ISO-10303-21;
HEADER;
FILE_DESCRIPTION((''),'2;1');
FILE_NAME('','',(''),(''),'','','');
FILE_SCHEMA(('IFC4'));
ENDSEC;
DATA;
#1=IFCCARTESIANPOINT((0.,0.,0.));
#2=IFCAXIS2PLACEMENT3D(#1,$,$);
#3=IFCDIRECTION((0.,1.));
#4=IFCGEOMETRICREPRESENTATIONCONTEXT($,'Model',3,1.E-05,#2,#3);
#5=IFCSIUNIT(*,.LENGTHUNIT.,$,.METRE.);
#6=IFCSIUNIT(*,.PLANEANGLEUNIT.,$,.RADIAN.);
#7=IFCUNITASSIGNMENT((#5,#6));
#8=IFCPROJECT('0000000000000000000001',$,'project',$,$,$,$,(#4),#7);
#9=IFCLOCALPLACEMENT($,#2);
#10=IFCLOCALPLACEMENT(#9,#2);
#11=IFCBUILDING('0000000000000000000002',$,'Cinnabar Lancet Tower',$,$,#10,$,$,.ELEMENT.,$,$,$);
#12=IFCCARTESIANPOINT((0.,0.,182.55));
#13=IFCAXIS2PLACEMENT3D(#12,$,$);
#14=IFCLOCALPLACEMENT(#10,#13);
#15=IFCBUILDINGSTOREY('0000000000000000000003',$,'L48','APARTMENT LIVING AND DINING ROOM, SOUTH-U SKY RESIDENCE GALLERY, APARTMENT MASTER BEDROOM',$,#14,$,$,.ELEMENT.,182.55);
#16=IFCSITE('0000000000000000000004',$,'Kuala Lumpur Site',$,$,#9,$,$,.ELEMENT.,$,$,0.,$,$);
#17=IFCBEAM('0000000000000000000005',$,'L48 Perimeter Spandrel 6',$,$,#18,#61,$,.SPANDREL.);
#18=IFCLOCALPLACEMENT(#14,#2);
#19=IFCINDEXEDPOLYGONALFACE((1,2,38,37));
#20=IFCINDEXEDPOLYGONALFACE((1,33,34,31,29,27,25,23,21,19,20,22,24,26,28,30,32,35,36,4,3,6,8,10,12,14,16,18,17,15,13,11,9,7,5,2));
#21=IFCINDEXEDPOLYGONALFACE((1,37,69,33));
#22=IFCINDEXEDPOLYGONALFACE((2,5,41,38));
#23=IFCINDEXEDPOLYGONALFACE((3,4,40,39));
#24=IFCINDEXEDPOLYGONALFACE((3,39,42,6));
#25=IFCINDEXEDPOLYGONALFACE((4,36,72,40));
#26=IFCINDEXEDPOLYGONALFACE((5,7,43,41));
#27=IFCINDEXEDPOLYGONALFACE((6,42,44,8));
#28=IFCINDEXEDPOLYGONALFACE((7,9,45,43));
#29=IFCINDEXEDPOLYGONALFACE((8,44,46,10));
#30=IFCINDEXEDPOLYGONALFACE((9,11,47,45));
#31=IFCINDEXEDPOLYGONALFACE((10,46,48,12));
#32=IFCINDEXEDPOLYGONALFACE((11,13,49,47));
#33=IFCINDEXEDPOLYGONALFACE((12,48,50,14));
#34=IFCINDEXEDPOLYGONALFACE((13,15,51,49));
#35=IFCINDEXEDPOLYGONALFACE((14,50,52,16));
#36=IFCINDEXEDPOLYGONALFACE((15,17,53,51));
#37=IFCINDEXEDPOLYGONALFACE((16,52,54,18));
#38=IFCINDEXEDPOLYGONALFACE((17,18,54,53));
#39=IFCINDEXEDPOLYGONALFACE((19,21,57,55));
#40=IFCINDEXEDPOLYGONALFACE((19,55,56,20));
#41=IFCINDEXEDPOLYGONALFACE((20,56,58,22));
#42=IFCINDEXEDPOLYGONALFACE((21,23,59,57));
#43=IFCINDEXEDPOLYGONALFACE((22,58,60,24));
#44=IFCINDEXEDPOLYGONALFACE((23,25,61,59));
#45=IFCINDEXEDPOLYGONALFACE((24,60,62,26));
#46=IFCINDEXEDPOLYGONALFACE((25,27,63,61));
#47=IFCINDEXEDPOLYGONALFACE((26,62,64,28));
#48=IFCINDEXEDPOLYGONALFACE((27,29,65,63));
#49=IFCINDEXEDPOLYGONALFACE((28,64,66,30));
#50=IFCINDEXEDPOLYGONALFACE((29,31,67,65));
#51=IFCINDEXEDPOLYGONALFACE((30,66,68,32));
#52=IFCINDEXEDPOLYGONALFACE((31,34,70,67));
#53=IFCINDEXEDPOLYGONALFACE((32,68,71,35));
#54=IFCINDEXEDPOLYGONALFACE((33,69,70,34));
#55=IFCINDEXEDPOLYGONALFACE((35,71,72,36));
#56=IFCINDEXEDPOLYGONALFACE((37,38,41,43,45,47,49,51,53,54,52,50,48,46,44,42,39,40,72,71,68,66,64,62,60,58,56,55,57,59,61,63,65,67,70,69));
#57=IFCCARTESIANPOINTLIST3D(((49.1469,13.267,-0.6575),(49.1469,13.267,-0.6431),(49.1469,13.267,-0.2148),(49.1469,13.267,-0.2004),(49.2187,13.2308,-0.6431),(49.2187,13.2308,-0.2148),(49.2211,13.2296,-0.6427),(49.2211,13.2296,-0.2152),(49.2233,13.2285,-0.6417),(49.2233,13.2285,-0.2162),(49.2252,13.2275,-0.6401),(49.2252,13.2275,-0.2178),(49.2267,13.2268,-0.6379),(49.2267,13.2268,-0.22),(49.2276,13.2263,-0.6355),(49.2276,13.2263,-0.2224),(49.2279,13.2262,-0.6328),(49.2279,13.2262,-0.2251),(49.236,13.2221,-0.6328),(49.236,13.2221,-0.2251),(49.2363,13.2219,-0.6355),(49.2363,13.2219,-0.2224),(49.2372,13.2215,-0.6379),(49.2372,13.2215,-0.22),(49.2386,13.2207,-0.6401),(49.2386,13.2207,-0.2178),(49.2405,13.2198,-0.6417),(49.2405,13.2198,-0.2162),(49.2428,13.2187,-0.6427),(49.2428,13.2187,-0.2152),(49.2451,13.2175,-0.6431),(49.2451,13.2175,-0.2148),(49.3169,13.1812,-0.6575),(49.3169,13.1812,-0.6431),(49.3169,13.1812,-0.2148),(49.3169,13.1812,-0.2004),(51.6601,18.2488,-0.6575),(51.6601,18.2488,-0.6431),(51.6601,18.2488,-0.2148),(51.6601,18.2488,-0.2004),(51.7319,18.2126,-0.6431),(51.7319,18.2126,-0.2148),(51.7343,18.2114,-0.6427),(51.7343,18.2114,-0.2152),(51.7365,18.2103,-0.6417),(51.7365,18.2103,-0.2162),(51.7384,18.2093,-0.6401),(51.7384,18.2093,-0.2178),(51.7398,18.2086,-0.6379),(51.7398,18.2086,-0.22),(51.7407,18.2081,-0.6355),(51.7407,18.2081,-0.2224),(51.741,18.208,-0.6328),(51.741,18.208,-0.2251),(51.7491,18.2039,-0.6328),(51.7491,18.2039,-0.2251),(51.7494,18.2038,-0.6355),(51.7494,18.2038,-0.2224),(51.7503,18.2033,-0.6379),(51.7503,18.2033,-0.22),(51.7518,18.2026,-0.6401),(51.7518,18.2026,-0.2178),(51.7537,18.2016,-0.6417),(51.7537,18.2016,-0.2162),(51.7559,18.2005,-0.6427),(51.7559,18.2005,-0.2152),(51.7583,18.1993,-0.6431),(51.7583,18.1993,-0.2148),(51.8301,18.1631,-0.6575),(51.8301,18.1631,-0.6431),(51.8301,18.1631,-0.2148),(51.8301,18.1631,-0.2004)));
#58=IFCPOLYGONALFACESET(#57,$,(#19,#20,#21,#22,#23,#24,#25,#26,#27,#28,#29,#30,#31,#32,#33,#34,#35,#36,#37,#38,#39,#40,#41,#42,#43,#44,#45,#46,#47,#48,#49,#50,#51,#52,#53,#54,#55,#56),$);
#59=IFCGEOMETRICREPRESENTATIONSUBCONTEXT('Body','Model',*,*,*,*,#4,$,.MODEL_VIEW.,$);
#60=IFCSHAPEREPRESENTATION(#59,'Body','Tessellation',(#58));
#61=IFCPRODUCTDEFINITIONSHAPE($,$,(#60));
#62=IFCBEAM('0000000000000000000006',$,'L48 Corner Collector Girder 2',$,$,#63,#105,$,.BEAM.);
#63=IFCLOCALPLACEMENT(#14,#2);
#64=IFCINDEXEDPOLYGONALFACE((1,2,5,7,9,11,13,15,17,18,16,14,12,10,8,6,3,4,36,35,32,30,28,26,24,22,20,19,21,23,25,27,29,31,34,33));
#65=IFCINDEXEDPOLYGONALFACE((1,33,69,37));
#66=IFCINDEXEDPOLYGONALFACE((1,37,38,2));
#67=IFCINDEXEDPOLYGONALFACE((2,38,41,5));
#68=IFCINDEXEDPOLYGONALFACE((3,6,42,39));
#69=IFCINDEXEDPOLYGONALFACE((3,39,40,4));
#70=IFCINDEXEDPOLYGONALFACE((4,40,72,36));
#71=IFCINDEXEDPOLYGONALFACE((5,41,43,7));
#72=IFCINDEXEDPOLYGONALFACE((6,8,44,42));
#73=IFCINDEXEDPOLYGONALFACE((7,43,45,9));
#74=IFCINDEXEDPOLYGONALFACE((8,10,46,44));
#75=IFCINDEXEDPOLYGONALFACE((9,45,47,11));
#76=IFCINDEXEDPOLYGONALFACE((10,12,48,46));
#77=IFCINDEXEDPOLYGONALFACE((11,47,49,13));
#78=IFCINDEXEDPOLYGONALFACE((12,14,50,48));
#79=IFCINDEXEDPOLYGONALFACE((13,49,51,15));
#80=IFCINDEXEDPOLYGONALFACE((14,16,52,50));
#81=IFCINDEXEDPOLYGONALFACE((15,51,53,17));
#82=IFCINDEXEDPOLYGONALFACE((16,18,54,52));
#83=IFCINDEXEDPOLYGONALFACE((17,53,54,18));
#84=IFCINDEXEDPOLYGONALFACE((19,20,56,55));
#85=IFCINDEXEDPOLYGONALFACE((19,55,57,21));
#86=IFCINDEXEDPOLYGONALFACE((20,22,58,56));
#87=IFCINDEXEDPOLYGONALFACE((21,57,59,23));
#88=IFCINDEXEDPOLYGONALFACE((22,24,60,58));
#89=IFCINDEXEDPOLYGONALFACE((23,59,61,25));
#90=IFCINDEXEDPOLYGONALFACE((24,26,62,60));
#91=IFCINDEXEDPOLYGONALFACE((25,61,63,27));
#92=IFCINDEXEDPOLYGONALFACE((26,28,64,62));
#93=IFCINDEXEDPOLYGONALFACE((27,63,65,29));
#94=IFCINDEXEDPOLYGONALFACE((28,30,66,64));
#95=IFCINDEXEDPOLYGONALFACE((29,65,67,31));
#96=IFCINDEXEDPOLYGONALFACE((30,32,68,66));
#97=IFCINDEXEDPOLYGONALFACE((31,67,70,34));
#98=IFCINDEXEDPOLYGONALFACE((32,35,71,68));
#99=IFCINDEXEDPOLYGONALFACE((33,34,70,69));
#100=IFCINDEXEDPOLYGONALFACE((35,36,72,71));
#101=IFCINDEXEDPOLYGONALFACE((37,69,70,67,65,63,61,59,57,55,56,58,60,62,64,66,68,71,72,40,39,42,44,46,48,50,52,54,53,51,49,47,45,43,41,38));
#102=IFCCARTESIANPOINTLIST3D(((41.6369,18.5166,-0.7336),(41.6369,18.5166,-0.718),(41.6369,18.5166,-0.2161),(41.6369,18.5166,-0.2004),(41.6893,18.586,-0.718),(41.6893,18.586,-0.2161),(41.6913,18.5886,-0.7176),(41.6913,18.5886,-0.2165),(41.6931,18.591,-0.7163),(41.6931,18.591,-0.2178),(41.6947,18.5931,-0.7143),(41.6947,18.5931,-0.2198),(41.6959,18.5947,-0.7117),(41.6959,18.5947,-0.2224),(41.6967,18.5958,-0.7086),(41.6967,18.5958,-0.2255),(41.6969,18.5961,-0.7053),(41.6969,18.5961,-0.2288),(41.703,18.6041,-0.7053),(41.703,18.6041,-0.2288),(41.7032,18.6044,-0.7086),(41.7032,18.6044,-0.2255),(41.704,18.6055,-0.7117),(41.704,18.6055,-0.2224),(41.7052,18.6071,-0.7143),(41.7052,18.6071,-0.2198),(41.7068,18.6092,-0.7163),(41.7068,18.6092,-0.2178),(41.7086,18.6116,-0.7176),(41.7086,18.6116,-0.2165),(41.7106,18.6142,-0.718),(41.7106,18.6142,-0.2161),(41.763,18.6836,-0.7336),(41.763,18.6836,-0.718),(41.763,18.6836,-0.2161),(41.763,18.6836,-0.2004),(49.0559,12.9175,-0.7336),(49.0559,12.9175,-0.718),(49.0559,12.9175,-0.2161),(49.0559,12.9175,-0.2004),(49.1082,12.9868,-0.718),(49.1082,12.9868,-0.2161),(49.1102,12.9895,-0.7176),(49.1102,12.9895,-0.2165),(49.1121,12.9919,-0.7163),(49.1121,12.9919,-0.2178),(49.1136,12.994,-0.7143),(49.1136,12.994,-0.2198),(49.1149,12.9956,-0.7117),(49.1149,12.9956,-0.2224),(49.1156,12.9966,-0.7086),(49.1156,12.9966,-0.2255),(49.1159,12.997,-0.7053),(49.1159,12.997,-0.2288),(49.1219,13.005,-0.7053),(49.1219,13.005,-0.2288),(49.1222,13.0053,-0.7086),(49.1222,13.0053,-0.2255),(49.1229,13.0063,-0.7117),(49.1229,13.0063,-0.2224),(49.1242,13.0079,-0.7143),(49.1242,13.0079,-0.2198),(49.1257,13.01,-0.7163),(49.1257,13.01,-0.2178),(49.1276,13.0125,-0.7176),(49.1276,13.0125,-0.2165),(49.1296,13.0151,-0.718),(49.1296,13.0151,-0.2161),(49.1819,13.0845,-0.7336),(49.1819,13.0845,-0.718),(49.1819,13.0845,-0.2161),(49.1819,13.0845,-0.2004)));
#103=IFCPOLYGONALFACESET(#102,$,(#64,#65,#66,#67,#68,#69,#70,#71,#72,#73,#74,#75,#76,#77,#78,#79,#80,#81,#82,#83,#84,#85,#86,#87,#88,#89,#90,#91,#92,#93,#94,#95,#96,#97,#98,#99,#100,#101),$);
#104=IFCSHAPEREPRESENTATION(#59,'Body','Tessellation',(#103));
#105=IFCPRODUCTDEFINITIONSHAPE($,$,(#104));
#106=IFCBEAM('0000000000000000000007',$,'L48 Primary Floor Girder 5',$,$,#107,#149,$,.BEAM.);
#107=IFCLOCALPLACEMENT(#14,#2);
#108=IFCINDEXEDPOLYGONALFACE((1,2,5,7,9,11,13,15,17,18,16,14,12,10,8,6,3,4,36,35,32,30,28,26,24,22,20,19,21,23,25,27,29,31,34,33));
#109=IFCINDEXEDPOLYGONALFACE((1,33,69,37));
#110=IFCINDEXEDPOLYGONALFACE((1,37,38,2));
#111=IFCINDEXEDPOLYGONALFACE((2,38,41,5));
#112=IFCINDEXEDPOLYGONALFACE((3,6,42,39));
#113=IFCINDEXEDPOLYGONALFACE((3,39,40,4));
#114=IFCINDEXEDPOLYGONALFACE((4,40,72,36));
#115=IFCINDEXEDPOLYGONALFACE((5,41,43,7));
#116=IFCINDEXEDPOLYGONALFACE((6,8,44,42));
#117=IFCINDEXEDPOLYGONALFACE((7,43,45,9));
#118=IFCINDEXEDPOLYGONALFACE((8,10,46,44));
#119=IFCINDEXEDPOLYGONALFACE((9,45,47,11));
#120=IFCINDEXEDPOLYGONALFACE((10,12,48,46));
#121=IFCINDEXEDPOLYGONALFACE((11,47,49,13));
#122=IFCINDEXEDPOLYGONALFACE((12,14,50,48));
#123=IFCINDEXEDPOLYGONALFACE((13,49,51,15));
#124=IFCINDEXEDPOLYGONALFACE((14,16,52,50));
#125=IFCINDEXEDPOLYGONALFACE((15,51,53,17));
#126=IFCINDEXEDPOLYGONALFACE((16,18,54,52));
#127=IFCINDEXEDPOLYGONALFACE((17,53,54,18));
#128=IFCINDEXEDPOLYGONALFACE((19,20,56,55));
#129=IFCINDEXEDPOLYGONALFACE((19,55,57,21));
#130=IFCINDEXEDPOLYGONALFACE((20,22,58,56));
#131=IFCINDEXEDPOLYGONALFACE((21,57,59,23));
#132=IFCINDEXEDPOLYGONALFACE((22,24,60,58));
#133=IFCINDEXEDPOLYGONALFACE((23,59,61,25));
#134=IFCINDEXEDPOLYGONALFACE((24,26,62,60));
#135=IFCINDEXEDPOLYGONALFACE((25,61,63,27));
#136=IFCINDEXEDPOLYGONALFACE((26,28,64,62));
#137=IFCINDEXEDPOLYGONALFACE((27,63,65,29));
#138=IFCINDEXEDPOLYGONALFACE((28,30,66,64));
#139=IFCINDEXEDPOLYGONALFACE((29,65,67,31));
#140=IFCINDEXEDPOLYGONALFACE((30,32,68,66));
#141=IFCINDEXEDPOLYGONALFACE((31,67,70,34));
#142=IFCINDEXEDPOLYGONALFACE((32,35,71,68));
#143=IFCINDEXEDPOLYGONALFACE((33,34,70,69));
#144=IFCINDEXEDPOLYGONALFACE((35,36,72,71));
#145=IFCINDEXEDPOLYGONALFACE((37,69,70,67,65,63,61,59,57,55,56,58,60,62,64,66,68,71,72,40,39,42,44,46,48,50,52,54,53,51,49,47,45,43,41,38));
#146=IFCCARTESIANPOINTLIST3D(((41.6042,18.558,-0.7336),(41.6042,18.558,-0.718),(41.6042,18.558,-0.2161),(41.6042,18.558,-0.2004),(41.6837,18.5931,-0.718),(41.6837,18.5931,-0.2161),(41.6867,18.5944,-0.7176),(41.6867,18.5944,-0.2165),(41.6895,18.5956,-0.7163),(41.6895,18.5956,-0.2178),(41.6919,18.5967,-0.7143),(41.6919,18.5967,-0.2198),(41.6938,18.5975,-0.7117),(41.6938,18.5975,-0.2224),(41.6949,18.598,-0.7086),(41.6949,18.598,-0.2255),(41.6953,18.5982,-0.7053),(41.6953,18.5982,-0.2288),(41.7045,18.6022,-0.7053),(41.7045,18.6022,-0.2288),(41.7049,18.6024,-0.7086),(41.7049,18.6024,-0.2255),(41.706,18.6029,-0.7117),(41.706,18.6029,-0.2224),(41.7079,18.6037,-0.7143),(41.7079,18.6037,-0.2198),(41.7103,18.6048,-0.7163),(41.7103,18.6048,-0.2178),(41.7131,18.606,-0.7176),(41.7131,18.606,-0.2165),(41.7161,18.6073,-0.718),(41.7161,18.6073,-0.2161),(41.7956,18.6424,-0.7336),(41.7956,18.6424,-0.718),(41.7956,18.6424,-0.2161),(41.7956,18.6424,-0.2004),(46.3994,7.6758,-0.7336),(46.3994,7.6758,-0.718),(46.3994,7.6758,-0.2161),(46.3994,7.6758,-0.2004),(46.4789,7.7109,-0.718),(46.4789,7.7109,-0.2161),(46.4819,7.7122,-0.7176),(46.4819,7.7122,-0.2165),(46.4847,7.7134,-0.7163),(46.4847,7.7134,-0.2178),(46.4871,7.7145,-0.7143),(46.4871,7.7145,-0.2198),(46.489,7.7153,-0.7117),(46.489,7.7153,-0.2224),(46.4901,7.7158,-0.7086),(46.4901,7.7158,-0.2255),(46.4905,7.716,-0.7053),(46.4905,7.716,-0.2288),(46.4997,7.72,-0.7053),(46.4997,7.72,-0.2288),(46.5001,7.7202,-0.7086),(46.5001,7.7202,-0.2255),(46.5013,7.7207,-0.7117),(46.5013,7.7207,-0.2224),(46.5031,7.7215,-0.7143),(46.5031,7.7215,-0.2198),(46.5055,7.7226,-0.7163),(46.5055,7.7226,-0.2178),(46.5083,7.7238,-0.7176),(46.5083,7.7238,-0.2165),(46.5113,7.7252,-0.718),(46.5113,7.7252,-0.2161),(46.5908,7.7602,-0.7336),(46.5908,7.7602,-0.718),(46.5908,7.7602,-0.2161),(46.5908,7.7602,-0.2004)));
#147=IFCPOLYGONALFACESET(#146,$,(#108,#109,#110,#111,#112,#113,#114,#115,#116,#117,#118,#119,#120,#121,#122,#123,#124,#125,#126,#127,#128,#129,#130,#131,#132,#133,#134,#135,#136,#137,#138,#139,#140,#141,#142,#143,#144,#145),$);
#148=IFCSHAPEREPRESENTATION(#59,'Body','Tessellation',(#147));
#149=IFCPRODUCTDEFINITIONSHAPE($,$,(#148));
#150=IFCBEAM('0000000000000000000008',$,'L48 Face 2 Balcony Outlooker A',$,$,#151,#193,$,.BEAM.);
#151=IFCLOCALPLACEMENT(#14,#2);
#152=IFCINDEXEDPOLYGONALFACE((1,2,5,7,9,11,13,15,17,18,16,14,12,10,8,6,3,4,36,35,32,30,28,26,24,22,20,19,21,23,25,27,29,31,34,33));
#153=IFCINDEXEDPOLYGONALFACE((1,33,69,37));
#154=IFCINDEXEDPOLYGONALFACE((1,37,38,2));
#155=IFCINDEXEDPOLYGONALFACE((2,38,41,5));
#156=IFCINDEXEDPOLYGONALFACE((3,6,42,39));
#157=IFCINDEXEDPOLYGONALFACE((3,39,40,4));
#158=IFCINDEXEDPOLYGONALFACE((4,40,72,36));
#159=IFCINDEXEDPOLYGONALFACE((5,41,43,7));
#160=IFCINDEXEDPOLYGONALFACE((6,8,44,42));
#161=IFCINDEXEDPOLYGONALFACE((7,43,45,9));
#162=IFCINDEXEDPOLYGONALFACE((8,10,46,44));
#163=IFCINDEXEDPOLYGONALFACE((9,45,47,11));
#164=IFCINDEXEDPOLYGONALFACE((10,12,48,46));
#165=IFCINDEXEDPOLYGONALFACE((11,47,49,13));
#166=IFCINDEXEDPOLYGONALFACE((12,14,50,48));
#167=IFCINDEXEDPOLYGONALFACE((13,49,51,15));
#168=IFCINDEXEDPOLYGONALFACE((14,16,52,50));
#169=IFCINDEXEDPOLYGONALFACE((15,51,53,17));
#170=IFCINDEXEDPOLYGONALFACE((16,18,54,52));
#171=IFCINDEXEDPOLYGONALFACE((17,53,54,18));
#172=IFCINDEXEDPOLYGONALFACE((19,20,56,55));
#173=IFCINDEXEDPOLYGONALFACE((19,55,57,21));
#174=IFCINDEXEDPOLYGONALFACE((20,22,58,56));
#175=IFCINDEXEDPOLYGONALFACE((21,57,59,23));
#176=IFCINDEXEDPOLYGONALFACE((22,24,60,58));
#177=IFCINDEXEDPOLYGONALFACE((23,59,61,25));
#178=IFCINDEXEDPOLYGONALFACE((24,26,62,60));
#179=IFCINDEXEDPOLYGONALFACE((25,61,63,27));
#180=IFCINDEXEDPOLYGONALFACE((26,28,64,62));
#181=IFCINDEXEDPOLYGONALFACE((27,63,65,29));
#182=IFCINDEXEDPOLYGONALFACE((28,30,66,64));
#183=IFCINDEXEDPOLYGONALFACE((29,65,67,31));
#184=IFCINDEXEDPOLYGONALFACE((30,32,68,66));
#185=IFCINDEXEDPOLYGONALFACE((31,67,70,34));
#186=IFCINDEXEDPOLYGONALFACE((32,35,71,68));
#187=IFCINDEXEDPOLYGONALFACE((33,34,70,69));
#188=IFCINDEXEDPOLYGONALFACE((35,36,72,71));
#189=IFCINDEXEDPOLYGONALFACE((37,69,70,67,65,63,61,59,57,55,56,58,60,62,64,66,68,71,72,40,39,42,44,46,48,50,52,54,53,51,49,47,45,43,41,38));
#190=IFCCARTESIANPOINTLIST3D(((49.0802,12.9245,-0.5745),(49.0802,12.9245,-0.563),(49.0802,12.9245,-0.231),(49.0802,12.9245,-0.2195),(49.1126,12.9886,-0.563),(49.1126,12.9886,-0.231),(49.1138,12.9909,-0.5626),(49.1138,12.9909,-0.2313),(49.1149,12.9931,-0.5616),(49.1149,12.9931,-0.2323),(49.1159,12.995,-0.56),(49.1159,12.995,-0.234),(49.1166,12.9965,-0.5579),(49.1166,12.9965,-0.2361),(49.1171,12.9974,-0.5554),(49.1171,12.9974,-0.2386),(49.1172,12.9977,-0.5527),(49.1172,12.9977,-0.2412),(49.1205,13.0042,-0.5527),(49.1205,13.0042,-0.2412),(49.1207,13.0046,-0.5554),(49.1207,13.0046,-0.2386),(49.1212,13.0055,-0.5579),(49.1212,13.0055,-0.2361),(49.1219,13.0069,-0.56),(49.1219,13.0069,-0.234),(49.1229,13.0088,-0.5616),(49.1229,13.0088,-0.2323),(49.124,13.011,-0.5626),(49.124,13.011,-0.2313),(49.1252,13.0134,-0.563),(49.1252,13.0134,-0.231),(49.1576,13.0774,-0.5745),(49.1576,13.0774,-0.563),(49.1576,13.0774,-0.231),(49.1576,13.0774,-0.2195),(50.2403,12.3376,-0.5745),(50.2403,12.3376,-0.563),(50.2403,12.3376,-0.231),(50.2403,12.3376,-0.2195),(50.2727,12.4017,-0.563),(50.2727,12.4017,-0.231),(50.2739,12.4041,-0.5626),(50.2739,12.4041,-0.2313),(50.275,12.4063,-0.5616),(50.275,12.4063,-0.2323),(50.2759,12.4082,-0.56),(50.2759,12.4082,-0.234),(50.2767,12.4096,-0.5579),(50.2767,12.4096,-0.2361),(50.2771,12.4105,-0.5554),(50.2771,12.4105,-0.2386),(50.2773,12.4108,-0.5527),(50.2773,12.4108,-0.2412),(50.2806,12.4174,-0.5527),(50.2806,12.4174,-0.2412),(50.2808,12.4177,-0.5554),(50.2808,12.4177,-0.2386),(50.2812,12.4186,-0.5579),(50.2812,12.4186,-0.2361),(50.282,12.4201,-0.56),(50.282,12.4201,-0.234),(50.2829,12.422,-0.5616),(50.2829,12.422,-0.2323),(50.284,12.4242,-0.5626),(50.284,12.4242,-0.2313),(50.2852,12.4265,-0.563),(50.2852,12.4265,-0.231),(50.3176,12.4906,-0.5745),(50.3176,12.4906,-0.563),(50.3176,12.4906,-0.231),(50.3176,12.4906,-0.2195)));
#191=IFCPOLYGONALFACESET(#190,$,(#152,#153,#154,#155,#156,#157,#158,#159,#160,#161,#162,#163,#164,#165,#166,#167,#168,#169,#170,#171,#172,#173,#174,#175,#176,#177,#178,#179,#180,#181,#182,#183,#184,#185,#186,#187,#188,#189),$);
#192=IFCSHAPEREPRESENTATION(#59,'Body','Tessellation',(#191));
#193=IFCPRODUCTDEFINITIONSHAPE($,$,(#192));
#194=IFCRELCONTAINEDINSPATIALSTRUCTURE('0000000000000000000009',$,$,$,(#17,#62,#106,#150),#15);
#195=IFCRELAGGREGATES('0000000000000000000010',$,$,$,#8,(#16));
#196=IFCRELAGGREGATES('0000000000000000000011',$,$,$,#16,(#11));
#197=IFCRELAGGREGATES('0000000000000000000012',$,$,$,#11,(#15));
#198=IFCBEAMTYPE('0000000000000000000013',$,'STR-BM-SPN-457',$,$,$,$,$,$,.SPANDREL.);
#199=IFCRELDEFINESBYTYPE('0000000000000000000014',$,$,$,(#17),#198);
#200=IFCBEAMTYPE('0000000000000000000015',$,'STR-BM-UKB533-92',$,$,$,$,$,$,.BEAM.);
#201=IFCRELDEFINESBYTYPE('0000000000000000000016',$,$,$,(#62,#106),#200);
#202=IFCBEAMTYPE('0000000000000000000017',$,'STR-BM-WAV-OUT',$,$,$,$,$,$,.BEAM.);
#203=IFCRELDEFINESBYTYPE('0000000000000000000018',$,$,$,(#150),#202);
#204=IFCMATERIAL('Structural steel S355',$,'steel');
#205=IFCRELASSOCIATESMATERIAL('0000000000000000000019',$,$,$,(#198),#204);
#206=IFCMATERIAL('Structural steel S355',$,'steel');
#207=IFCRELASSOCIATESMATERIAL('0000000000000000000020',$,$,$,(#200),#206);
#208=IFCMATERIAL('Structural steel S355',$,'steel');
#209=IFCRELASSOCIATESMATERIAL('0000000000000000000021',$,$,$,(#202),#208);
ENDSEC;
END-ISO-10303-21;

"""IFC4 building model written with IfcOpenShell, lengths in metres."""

from ifc_helpers import new_model, si_unit, direction, frame, origin, origin_2d, place, context, subcontext, project, spatial, i_section, extrude, material, material_profile, profile_set, type_object, element, save


model = new_model("IFC4")

# Units and contexts
model_context = context("Model", 3, precision=1e-05, world=origin(), true_north=direction((0.0, 1.0)))
body_context = subcontext(model_context, "Body", "Model", "MODEL_VIEW")
ifc_project = project(units=[si_unit("LENGTHUNIT", "METRE"), si_unit("PLANEANGLEUNIT", "RADIAN")], contexts=[model_context])

# Site, building, storey
site_placement = place(None, origin())
site = spatial("IfcSite", under=ifc_project, at=site_placement, Name="Kuala Lumpur Site", CompositionType="ELEMENT", RefElevation=0.0)
building_placement = place(site_placement, origin())
building = spatial("IfcBuilding", under=site, at=building_placement, Name="Cinnabar Lancet Tower", CompositionType="ELEMENT")
storey_placement = place(building_placement, frame((0.0, 0.0, 182.55)))
storey = spatial("IfcBuildingStorey", under=building, at=storey_placement, Name="L48", Description="APARTMENT LIVING AND DINING ROOM, SOUTH-U SKY RESIDENCE GALLERY, APARTMENT MASTER BEDROOM", CompositionType="ELEMENT", Elevation=182.55)

# Beams
ifc_material_1 = material(Name="Structural steel S355", Category="steel")
ifc_material_profile_1 = material_profile(ifc_material_1, i_section(OverallWidth=0.1904, OverallDepth=0.457, WebThickness=0.009, FlangeThickness=0.0144, FilletRadius=0.0103, at=origin_2d()), Name="UKB 457x191x74")
ifc_profile_set_1 = profile_set([ifc_material_profile_1], Name="Structural steel S355")
beam_type_1 = type_object("IfcBeamType", Name="STR-BM-SPN-457", PredefinedType="SPANDREL", material=ifc_profile_set_1)
beam_1_placement = place(storey_placement, frame((49.2319, 13.2241, -0.429), z_axis=(0.450396, 0.892829, 0.0), x_axis=(-0.892829, 0.450396, 0.0)))
element("IfcBeam", 1, at=beam_1_placement, inside=storey, type_object=beam_type_1, Name="L48 Perimeter Spandrel 6", PredefinedType="SPANDREL", context=body_context, shape_type="SweptSolid", body=[
    extrude(i_section(OverallWidth=0.1904, OverallDepth=0.457, WebThickness=0.009, FlangeThickness=0.0144, FilletRadius=0.0103, at=origin_2d()), origin(), (0.0, 0.0, 1.0), 5.5798),
])
ifc_material_2 = material(Name="Structural steel S355", Category="steel")
ifc_material_profile_2 = material_profile(ifc_material_2, i_section(OverallWidth=0.2092, OverallDepth=0.5332, WebThickness=0.01, FlangeThickness=0.0156, FilletRadius=0.0127, at=origin_2d()), Name="UKB 533x210x92")
ifc_profile_set_2 = profile_set([ifc_material_profile_2], Name="Structural steel S355")
beam_type_2 = type_object("IfcBeamType", Name="STR-BM-UKB533-92", PredefinedType="BEAM", material=ifc_profile_set_2)
beam_2_placement = place(storey_placement, frame((49.1189, 13.001, -0.467), z_axis=(-0.798193, 0.602401, 0.0), x_axis=(-0.602401, -0.798193, 0.0)))
element("IfcBeam", 2, at=beam_2_placement, inside=storey, type_object=beam_type_2, Name="L48 Corner Collector Girder 2", PredefinedType="BEAM", context=body_context, shape_type="SweptSolid", body=[
    extrude(i_section(OverallWidth=0.2092, OverallDepth=0.5332, WebThickness=0.01, FlangeThickness=0.0156, FilletRadius=0.0127, at=origin_2d()), origin(), (0.0, 0.0, 1.0), 9.2947),
])
beam_3_placement = place(storey_placement, frame((46.4951, 7.718, -0.467), z_axis=(-0.403235, 0.915096, 0.0), x_axis=(-0.915096, -0.403235, 0.0)))
element("IfcBeam", 3, at=beam_3_placement, inside=storey, type_object=beam_type_2, Name="L48 Primary Floor Girder 5", PredefinedType="BEAM", context=body_context, shape_type="SweptSolid", body=[
    extrude(i_section(OverallWidth=0.2092, OverallDepth=0.5332, WebThickness=0.01, FlangeThickness=0.0156, FilletRadius=0.0127, at=origin_2d()), origin(), (0.0, 0.0, 1.0), 11.8918),
])
ifc_material_3 = material(Name="Structural steel S355", Category="steel")
ifc_material_profile_3 = material_profile(ifc_material_3, i_section(OverallWidth=0.1714, OverallDepth=0.355, WebThickness=0.0073, FlangeThickness=0.0115, FilletRadius=0.0103, at=origin_2d()), Name="UKB 356x171x51")
ifc_profile_set_3 = profile_set([ifc_material_profile_3], Name="Structural steel S355")
beam_type_3 = type_object("IfcBeamType", Name="STR-BM-WAV-OUT", PredefinedType="BEAM", material=ifc_profile_set_3)
beam_4_placement = place(storey_placement, frame((49.1189, 13.001, -0.397), z_axis=(0.892314, -0.451415, 0.0), x_axis=(0.451415, 0.892314, 0.0)))
element("IfcBeam", 4, at=beam_4_placement, inside=storey, type_object=beam_type_3, Name="L48 Face 2 Balcony Outlooker A", PredefinedType="BEAM", context=body_context, shape_type="SweptSolid", body=[
    extrude(i_section(OverallWidth=0.1714, OverallDepth=0.355, WebThickness=0.0073, FlangeThickness=0.0115, FilletRadius=0.0103, at=origin_2d()), origin(), (0.0, 0.0, 1.0), 1.3),
])

save(model, "model.ifc")
